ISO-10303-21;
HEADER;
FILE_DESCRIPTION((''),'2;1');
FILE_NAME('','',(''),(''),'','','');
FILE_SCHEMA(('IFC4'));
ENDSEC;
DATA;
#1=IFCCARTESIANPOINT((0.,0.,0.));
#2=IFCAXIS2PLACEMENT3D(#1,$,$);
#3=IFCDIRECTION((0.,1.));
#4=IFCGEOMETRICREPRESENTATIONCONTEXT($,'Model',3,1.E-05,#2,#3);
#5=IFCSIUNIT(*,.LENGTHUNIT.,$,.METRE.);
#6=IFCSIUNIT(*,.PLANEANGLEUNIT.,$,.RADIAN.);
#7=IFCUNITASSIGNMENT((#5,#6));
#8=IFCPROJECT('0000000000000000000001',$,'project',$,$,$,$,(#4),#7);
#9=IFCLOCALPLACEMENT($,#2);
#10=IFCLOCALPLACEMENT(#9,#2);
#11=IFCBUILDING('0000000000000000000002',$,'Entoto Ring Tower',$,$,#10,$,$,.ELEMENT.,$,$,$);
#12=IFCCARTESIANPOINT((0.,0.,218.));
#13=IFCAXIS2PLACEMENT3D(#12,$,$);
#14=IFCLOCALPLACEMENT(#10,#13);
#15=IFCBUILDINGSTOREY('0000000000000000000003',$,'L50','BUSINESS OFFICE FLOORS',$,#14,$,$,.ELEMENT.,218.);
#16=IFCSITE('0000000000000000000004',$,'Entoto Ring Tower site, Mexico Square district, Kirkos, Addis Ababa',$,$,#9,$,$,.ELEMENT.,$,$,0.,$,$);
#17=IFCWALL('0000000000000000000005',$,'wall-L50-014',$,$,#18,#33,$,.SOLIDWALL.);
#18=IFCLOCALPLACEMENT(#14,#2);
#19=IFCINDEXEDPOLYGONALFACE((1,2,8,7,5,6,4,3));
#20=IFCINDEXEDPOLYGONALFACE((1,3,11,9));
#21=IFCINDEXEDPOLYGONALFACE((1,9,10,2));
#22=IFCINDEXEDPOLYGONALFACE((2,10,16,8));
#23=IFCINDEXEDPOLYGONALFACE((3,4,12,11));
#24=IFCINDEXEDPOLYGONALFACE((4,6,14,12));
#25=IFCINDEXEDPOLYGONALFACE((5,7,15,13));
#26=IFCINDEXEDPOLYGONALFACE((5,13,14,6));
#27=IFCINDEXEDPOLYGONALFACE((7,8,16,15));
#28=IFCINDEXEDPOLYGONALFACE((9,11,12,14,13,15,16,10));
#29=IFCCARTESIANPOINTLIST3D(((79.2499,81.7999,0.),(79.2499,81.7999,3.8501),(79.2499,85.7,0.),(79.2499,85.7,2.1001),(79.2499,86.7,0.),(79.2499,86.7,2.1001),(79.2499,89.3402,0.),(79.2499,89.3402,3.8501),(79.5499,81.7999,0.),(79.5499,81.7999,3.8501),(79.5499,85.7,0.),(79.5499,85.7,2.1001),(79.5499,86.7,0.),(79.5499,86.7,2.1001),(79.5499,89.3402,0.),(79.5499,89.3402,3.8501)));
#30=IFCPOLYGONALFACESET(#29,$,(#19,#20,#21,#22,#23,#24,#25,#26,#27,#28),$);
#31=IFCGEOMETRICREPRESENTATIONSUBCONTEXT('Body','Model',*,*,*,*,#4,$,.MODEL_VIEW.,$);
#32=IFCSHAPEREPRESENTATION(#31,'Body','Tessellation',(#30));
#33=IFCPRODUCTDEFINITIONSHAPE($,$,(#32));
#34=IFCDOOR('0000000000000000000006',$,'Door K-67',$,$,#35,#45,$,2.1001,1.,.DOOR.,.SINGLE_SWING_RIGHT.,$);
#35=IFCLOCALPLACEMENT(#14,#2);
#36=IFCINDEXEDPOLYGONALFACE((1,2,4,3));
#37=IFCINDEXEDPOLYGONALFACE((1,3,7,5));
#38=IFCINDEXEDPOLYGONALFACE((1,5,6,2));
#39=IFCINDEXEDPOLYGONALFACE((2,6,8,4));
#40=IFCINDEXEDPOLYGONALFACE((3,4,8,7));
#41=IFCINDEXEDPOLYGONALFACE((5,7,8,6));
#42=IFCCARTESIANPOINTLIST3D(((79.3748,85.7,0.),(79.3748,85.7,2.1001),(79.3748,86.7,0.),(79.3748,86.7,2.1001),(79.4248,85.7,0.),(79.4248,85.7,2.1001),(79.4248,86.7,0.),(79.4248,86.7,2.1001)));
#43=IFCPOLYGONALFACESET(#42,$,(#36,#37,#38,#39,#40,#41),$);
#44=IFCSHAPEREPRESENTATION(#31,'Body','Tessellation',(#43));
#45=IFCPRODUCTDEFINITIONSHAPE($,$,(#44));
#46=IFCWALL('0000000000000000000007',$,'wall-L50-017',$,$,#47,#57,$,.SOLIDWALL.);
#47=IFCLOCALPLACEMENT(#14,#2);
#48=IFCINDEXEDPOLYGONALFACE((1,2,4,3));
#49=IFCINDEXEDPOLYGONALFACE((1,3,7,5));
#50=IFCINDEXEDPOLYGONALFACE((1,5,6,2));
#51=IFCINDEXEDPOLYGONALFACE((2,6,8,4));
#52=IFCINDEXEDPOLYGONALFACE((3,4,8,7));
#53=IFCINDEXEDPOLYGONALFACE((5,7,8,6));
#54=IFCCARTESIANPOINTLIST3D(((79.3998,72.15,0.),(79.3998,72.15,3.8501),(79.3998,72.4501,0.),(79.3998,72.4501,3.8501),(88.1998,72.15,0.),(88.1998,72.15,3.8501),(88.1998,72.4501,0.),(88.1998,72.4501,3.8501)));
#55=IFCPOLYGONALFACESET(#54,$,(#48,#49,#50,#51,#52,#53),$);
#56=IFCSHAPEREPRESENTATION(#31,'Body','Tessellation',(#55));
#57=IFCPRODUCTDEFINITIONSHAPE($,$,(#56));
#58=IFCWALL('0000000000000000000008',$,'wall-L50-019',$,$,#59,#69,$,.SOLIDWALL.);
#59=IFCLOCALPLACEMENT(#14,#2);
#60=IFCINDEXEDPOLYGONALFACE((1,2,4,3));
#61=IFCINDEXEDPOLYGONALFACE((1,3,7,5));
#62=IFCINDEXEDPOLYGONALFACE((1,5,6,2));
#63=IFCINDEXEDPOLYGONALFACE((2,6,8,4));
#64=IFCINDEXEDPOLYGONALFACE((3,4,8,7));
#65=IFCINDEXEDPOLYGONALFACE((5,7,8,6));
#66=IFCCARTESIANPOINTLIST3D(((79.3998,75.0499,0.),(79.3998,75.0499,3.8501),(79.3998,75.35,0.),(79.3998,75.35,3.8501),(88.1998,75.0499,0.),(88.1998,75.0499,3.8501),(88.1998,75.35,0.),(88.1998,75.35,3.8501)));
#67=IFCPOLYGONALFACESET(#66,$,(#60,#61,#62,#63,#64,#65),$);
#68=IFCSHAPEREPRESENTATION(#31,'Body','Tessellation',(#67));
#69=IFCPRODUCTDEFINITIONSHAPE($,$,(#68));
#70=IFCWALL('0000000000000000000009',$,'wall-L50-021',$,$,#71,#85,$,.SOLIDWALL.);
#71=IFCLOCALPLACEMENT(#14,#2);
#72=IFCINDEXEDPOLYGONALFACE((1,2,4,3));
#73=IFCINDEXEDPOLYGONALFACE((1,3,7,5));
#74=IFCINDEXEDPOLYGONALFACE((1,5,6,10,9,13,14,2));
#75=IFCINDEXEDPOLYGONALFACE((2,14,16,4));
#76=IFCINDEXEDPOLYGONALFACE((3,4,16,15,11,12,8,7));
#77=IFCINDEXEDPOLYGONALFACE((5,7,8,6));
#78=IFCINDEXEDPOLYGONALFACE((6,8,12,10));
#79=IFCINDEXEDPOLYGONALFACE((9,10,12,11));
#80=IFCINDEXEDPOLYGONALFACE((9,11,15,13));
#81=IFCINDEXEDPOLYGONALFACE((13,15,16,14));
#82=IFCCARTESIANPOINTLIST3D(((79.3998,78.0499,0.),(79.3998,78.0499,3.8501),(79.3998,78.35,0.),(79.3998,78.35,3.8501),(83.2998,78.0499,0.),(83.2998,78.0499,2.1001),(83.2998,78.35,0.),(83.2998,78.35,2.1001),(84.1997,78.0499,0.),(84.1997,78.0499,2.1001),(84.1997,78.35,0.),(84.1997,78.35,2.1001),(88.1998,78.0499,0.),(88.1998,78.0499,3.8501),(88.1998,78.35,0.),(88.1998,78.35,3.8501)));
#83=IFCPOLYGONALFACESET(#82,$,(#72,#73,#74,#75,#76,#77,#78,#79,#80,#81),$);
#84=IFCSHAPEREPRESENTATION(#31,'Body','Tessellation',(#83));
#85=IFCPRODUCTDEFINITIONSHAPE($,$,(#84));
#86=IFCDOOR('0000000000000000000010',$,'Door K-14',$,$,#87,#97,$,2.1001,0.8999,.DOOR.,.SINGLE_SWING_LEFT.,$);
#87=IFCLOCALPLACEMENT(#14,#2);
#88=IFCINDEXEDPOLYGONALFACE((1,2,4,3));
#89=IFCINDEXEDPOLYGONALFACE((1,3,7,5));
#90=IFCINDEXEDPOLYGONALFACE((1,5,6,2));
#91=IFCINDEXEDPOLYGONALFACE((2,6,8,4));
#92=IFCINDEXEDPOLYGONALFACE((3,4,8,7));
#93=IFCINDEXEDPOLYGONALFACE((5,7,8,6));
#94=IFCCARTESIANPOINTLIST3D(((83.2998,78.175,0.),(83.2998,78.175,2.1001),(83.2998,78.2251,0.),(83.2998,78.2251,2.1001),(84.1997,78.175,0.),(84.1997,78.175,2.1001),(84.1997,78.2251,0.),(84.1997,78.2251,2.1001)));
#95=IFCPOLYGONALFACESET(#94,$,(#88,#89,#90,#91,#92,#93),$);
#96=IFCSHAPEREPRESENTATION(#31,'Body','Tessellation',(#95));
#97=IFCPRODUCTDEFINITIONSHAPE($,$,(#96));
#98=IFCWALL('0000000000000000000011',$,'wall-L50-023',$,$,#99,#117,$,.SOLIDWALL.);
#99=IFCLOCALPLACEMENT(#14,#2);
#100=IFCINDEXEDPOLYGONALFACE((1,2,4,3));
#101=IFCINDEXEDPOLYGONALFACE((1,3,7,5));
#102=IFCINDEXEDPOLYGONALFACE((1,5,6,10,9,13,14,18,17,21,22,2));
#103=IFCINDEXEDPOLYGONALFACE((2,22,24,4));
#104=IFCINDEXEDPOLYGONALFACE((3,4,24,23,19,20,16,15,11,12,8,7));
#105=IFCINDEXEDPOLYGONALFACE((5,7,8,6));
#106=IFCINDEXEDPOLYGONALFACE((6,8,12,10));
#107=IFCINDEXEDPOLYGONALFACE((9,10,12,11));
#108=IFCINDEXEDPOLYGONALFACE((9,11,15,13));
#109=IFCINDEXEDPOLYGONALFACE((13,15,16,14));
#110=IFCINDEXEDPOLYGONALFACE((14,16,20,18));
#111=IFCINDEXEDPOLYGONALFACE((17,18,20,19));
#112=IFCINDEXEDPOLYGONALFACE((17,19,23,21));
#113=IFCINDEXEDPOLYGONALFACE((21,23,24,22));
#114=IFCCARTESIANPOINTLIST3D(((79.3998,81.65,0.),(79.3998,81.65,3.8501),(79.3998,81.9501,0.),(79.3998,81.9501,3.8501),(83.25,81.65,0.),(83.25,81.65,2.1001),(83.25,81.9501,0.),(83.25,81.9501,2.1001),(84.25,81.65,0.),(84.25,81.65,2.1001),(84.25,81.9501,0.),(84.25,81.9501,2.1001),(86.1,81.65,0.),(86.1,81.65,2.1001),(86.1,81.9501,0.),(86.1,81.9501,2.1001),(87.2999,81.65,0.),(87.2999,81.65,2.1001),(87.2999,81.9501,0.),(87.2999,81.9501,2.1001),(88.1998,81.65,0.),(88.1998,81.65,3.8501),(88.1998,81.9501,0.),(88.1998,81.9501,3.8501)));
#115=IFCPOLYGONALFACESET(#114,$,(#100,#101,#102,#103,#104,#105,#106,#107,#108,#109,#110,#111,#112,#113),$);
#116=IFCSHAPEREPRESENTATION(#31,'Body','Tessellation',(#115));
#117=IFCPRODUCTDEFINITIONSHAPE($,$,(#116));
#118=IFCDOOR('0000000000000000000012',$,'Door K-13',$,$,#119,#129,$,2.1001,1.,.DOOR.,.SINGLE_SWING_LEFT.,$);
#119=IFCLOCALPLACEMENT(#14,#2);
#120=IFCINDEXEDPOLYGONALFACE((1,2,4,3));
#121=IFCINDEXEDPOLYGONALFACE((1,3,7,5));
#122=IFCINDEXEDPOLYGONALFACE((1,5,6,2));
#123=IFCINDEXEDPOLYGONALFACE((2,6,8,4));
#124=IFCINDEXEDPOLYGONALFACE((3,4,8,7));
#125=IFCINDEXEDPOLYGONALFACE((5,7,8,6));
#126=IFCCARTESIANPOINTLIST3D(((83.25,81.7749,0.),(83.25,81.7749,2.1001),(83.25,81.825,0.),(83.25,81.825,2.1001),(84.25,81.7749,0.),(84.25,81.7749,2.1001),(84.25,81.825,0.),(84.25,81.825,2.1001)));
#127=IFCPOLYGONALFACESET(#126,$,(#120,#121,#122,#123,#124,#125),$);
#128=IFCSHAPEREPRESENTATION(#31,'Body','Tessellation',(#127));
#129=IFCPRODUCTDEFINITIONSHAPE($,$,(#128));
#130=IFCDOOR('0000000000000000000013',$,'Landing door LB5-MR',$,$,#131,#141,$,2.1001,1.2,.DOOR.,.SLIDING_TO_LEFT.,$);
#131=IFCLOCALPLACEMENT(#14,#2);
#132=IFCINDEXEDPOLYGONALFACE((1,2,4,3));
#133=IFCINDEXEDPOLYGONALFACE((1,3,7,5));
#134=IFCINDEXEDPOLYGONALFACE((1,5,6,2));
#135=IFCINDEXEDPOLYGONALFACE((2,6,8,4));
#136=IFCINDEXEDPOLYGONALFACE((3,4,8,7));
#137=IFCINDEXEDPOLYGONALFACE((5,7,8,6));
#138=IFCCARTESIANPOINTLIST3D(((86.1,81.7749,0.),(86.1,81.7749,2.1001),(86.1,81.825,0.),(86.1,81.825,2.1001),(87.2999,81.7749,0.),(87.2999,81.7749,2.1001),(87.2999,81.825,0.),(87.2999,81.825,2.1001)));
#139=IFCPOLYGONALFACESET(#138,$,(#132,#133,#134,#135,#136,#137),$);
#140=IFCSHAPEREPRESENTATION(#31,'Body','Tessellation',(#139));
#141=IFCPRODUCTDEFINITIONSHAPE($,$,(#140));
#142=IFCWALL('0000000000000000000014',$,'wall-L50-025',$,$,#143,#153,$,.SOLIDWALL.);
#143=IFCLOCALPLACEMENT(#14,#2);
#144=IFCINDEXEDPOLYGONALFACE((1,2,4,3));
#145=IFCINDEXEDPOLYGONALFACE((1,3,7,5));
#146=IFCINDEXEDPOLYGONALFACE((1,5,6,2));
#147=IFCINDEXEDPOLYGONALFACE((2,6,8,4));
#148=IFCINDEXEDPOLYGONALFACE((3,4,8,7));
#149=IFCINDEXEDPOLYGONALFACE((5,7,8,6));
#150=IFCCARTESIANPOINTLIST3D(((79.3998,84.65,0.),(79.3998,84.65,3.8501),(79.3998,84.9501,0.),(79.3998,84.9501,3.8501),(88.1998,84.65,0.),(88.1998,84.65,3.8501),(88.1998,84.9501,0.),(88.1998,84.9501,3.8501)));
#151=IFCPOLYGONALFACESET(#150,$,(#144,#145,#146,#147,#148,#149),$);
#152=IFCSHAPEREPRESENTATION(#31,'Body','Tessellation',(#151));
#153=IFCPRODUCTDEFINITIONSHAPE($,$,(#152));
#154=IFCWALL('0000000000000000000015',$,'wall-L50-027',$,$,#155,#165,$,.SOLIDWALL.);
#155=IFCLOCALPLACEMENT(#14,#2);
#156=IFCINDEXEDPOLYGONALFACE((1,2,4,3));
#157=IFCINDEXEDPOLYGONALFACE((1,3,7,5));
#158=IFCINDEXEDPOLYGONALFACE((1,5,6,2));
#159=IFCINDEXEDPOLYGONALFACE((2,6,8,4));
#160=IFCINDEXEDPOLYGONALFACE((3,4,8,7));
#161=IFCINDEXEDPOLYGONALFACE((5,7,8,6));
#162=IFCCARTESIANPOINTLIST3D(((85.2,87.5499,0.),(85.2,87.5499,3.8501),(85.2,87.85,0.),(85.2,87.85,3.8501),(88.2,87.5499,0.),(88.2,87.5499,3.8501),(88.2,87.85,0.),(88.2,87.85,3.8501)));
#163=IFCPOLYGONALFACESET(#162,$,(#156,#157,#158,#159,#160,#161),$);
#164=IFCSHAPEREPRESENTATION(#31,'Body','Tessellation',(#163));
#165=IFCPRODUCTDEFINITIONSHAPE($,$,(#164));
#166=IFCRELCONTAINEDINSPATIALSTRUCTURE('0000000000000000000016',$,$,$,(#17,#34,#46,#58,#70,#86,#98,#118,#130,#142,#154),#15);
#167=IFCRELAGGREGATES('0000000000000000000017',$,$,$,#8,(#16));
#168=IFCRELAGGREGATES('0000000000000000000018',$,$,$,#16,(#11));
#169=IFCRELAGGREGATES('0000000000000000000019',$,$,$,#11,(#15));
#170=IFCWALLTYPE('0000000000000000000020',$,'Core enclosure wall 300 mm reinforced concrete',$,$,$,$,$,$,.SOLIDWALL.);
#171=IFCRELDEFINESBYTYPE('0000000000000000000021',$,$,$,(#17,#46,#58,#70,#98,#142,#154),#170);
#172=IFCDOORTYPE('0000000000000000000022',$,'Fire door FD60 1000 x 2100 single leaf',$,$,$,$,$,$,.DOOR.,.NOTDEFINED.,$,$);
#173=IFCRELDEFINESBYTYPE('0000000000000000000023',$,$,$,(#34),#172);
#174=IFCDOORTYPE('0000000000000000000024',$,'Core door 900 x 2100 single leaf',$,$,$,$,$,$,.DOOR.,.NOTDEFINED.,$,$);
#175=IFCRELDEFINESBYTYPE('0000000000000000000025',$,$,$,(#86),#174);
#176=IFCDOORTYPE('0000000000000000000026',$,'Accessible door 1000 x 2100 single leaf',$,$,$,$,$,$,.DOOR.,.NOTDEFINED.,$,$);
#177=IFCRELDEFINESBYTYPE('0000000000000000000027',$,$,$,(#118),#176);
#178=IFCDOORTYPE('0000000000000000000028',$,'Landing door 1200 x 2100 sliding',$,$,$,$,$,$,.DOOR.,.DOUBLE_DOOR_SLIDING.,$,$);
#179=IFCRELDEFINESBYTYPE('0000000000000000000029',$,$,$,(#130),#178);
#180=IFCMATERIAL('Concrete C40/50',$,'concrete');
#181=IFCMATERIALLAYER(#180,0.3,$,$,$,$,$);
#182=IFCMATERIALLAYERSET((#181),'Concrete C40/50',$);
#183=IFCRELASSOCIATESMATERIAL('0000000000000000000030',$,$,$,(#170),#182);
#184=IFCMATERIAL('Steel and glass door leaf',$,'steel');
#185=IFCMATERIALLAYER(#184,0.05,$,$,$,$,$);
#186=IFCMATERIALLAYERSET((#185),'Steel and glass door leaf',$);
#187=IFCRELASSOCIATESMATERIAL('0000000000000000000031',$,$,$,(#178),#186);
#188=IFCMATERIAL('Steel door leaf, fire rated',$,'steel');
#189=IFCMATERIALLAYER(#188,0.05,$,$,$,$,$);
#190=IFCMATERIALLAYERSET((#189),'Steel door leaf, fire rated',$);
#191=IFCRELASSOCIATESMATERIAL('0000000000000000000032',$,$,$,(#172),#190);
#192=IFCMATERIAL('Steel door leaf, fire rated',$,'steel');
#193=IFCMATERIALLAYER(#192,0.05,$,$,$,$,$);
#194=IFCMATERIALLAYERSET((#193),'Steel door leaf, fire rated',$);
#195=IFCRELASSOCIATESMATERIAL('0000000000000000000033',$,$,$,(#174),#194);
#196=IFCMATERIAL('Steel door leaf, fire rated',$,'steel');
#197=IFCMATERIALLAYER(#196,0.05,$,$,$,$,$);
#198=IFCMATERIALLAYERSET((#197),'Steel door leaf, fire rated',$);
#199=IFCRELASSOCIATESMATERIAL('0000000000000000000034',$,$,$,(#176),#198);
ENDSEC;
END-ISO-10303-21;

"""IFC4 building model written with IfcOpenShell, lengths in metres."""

from ifc_helpers import new_model, si_unit, direction, frame, frame_2d, origin, place, context, subcontext, project, spatial, rectangle, extrude, material, layer, layer_set, type_object, element, fill, save


model = new_model("IFC4")

# Units and contexts
model_context = context("Model", 3, precision=1e-05, world=origin(), true_north=direction((0.0, 1.0)))
body_context = subcontext(model_context, "Body", "Model", "MODEL_VIEW")
ifc_project = project(units=[si_unit("LENGTHUNIT", "METRE"), si_unit("PLANEANGLEUNIT", "RADIAN")], contexts=[model_context])

# Site, building, storey
site_placement = place(None, origin())
site = spatial("IfcSite", under=ifc_project, at=site_placement, Name="Entoto Ring Tower site, Mexico Square district, Kirkos, Addis Ababa", CompositionType="ELEMENT", RefElevation=0.0)
building_placement = place(site_placement, origin())
building = spatial("IfcBuilding", under=site, at=building_placement, Name="Entoto Ring Tower", CompositionType="ELEMENT")
storey_placement = place(building_placement, frame((0.0, 0.0, 218.0)))
storey = spatial("IfcBuildingStorey", under=building, at=storey_placement, Name="L50", Description="BUSINESS OFFICE FLOORS", CompositionType="ELEMENT", Elevation=218.0)

# Shared definitions
ifc_material_1 = material(Name="Concrete C40/50", Category="concrete")
ifc_layer_1 = layer(ifc_material_1, 0.3)
ifc_layer_set_1 = layer_set([ifc_layer_1], Name="Concrete C40/50")
wall_type = type_object("IfcWallType", Name="Core enclosure wall 300 mm reinforced concrete", PredefinedType="SOLIDWALL", material=ifc_layer_set_1)
ifc_material_2 = material(Name="Steel and glass door leaf", Category="steel")
ifc_layer_2 = layer(ifc_material_2, 0.05)
ifc_layer_set_2 = layer_set([ifc_layer_2], Name="Steel and glass door leaf")
door_type_1 = type_object("IfcDoorType", Name="Landing door 1200 x 2100 sliding", OperationType="DOUBLE_DOOR_SLIDING", PredefinedType="DOOR", material=ifc_layer_set_2)

# Wall, opening, door
wall_1_placement = place(storey_placement, frame((79.3999, 81.8, 0.0), z_axis=(0.0, 0.0, 1.0), x_axis=(0.0, 1.0, 0.0)))
wall_1 = element("IfcWall", 1, at=wall_1_placement, inside=storey, type_object=wall_type, Name="wall-L50-014", PredefinedType="SOLIDWALL", context=body_context, shape_type="SweptSolid", body=[
    extrude(rectangle(XDim=7.5403, YDim=0.3, at=frame_2d((3.77, 0.0))), origin(), (0.0, 0.0, 1.0), 3.8501),
])
opening_1_placement = place(wall_1_placement, frame((3.8999, 0.0, 0.0)))
opening_1 = element("IfcOpeningElement", 2, at=opening_1_placement, cuts=wall_1, PredefinedType="OPENING", context=body_context, shape_type="SweptSolid", body=[
    extrude(rectangle(XDim=1.0, YDim=2.1001, at=frame_2d((0.5, 1.05))), frame((0.0, 0.1602, 0.0), z_axis=(0.0, -1.0, 0.0), x_axis=(1.0, 0.0, 0.0)), (0.0, 0.0, 1.0), 0.3201),
])
ifc_material_3 = material(Name="Steel door leaf, fire rated", Category="steel")
ifc_layer_3 = layer(ifc_material_3, 0.05)
ifc_layer_set_3 = layer_set([ifc_layer_3], Name="Steel door leaf, fire rated")
door_type_2 = type_object("IfcDoorType", Name="Fire door FD60 1000 x 2100 single leaf", OperationType="NOTDEFINED", PredefinedType="DOOR", material=ifc_layer_set_3)
door_1_placement = place(opening_1_placement, frame((1.0, 0.0, 0.0), z_axis=(0.0, 0.0, 1.0), x_axis=(-1.0, 0.0, 0.0)))
door_1 = element("IfcDoor", 3, at=door_1_placement, inside=storey, type_object=door_type_2, Name="Door K-67", OperationType="SINGLE_SWING_RIGHT", OverallHeight=2.1001, OverallWidth=1.0, PredefinedType="DOOR", context=body_context, shape_type="SweptSolid", body=[
    extrude(rectangle(XDim=1.0, YDim=2.1001, at=frame_2d((0.5, 1.05))), frame((0.0, 0.0249, 0.0), z_axis=(0.0, -1.0, 0.0), x_axis=(1.0, 0.0, 0.0)), (0.0, 0.0, 1.0), 0.05),
])
fill(opening_1, door_1)

# Walls
for number, where, z_axis, x_axis, name in (
    (4, (79.3999, 72.3, 0.0), (0.0, 0.0, 1.0), (1.0, 0.0, 0.0), "wall-L50-017"),
    (5, (79.3999, 75.2, 0.0), (0.0, 0.0, 1.0), (1.0, 0.0, 0.0), "wall-L50-019"),
):
    element("IfcWall", number, at=place(storey_placement, frame(where, z_axis=z_axis, x_axis=x_axis)), inside=storey, type_object=wall_type, Name=name, PredefinedType="SOLIDWALL", context=body_context, shape_type="SweptSolid", body=[
        extrude(rectangle(XDim=8.8, YDim=0.3, at=frame_2d((4.3999, 0.0))), origin(), (0.0, 0.0, 1.0), 3.8501),
    ])

# Wall, opening, door
wall_2_placement = place(storey_placement, frame((79.3999, 78.2, 0.0), z_axis=(0.0, 0.0, 1.0), x_axis=(1.0, 0.0, 0.0)))
wall_2 = element("IfcWall", 6, at=wall_2_placement, inside=storey, type_object=wall_type, Name="wall-L50-021", PredefinedType="SOLIDWALL", context=body_context, shape_type="SweptSolid", body=[
    extrude(rectangle(XDim=8.8, YDim=0.3, at=frame_2d((4.3999, 0.0))), origin(), (0.0, 0.0, 1.0), 3.8501),
])
opening_2_placement = place(wall_2_placement, frame((3.8999, 0.0, 0.0)))
opening_2 = element("IfcOpeningElement", 7, at=opening_2_placement, cuts=wall_2, PredefinedType="OPENING", context=body_context, shape_type="SweptSolid", body=[
    extrude(rectangle(XDim=0.8999, YDim=2.1001, at=frame_2d((0.45, 1.05))), frame((0.0, 0.1602, 0.0), z_axis=(0.0, -1.0, 0.0), x_axis=(1.0, 0.0, 0.0)), (0.0, 0.0, 1.0), 0.3201),
])
ifc_material_4 = material(Name="Steel door leaf, fire rated", Category="steel")
ifc_layer_4 = layer(ifc_material_4, 0.05)
ifc_layer_set_4 = layer_set([ifc_layer_4], Name="Steel door leaf, fire rated")
door_type_3 = type_object("IfcDoorType", Name="Core door 900 x 2100 single leaf", OperationType="NOTDEFINED", PredefinedType="DOOR", material=ifc_layer_set_4)
door_2_placement = place(opening_2_placement, frame((0.8999, 0.0, 0.0), z_axis=(0.0, 0.0, 1.0), x_axis=(-1.0, 0.0, 0.0)))
door_2 = element("IfcDoor", 8, at=door_2_placement, inside=storey, type_object=door_type_3, Name="Door K-14", OperationType="SINGLE_SWING_LEFT", OverallHeight=2.1001, OverallWidth=0.8999, PredefinedType="DOOR", context=body_context, shape_type="SweptSolid", body=[
    extrude(rectangle(XDim=0.8999, YDim=2.1001, at=frame_2d((0.45, 1.05))), frame((0.0, 0.0249, 0.0), z_axis=(0.0, -1.0, 0.0), x_axis=(1.0, 0.0, 0.0)), (0.0, 0.0, 1.0), 0.05),
])
fill(opening_2, door_2)

# Wall, openings, doors
wall_3_placement = place(storey_placement, frame((79.3999, 81.8, 0.0), z_axis=(0.0, 0.0, 1.0), x_axis=(1.0, 0.0, 0.0)))
wall_3 = element("IfcWall", 9, at=wall_3_placement, inside=storey, type_object=wall_type, Name="wall-L50-023", PredefinedType="SOLIDWALL", context=body_context, shape_type="SweptSolid", body=[
    extrude(rectangle(XDim=8.8, YDim=0.3, at=frame_2d((4.3999, 0.0))), origin(), (0.0, 0.0, 1.0), 3.8501),
])
opening_3_placement = place(wall_3_placement, frame((6.7, 0.0, 0.0)))
opening_3 = element("IfcOpeningElement", 10, at=opening_3_placement, cuts=wall_3, PredefinedType="OPENING", context=body_context, shape_type="SweptSolid", body=[
    extrude(rectangle(XDim=1.2, YDim=2.1001, at=frame_2d((0.6001, 1.05))), frame((0.0, 0.1602, 0.0), z_axis=(0.0, -1.0, 0.0), x_axis=(1.0, 0.0, 0.0)), (0.0, 0.0, 1.0), 0.3201),
])
opening_4_placement = place(wall_3_placement, frame((3.8501, 0.0, 0.0)))
opening_4 = element("IfcOpeningElement", 11, at=opening_4_placement, cuts=wall_3, PredefinedType="OPENING", context=body_context, shape_type="SweptSolid", body=[
    extrude(rectangle(XDim=1.0, YDim=2.1001, at=frame_2d((0.5, 1.05))), frame((0.0, 0.1602, 0.0), z_axis=(0.0, -1.0, 0.0), x_axis=(1.0, 0.0, 0.0)), (0.0, 0.0, 1.0), 0.3201),
])
ifc_material_5 = material(Name="Steel door leaf, fire rated", Category="steel")
ifc_layer_5 = layer(ifc_material_5, 0.05)
ifc_layer_set_5 = layer_set([ifc_layer_5], Name="Steel door leaf, fire rated")
door_type_4 = type_object("IfcDoorType", Name="Accessible door 1000 x 2100 single leaf", OperationType="NOTDEFINED", PredefinedType="DOOR", material=ifc_layer_set_5)
door_3_placement = place(opening_4_placement, origin())
door_3 = element("IfcDoor", 12, at=door_3_placement, inside=storey, type_object=door_type_4, Name="Door K-13", OperationType="SINGLE_SWING_LEFT", OverallHeight=2.1001, OverallWidth=1.0, PredefinedType="DOOR", context=body_context, shape_type="SweptSolid", body=[
    extrude(rectangle(XDim=1.0, YDim=2.1001, at=frame_2d((0.5, 1.05))), frame((0.0, 0.0249, 0.0), z_axis=(0.0, -1.0, 0.0), x_axis=(1.0, 0.0, 0.0)), (0.0, 0.0, 1.0), 0.05),
])
fill(opening_4, door_3)
door_4_placement = place(opening_3_placement, origin())
door_4 = element("IfcDoor", 13, at=door_4_placement, inside=storey, type_object=door_type_1, Name="Landing door LB5-MR", OperationType="SLIDING_TO_LEFT", OverallHeight=2.1001, OverallWidth=1.2, PredefinedType="DOOR", context=body_context, shape_type="SweptSolid", body=[
    extrude(rectangle(XDim=1.2, YDim=2.1001, at=frame_2d((0.6001, 1.05))), frame((0.0, 0.0249, 0.0), z_axis=(0.0, -1.0, 0.0), x_axis=(1.0, 0.0, 0.0)), (0.0, 0.0, 1.0), 0.05),
])
fill(opening_3, door_4)

# Walls
wall_4_placement = place(storey_placement, frame((79.3999, 84.8, 0.0), z_axis=(0.0, 0.0, 1.0), x_axis=(1.0, 0.0, 0.0)))
element("IfcWall", 14, at=wall_4_placement, inside=storey, type_object=wall_type, Name="wall-L50-025", PredefinedType="SOLIDWALL", context=body_context, shape_type="SweptSolid", body=[
    extrude(rectangle(XDim=8.8, YDim=0.3, at=frame_2d((4.3999, 0.0))), origin(), (0.0, 0.0, 1.0), 3.8501),
])
wall_5_placement = place(storey_placement, frame((85.2, 87.7, 0.0), z_axis=(0.0, 0.0, 1.0), x_axis=(1.0, 0.0, 0.0)))
element("IfcWall", 15, at=wall_5_placement, inside=storey, type_object=wall_type, Name="wall-L50-027", PredefinedType="SOLIDWALL", context=body_context, shape_type="SweptSolid", body=[
    extrude(rectangle(XDim=3.0, YDim=0.3, at=frame_2d((1.5, 0.0))), origin(), (0.0, 0.0, 1.0), 3.8501),
])

save(model, "model.ifc")
